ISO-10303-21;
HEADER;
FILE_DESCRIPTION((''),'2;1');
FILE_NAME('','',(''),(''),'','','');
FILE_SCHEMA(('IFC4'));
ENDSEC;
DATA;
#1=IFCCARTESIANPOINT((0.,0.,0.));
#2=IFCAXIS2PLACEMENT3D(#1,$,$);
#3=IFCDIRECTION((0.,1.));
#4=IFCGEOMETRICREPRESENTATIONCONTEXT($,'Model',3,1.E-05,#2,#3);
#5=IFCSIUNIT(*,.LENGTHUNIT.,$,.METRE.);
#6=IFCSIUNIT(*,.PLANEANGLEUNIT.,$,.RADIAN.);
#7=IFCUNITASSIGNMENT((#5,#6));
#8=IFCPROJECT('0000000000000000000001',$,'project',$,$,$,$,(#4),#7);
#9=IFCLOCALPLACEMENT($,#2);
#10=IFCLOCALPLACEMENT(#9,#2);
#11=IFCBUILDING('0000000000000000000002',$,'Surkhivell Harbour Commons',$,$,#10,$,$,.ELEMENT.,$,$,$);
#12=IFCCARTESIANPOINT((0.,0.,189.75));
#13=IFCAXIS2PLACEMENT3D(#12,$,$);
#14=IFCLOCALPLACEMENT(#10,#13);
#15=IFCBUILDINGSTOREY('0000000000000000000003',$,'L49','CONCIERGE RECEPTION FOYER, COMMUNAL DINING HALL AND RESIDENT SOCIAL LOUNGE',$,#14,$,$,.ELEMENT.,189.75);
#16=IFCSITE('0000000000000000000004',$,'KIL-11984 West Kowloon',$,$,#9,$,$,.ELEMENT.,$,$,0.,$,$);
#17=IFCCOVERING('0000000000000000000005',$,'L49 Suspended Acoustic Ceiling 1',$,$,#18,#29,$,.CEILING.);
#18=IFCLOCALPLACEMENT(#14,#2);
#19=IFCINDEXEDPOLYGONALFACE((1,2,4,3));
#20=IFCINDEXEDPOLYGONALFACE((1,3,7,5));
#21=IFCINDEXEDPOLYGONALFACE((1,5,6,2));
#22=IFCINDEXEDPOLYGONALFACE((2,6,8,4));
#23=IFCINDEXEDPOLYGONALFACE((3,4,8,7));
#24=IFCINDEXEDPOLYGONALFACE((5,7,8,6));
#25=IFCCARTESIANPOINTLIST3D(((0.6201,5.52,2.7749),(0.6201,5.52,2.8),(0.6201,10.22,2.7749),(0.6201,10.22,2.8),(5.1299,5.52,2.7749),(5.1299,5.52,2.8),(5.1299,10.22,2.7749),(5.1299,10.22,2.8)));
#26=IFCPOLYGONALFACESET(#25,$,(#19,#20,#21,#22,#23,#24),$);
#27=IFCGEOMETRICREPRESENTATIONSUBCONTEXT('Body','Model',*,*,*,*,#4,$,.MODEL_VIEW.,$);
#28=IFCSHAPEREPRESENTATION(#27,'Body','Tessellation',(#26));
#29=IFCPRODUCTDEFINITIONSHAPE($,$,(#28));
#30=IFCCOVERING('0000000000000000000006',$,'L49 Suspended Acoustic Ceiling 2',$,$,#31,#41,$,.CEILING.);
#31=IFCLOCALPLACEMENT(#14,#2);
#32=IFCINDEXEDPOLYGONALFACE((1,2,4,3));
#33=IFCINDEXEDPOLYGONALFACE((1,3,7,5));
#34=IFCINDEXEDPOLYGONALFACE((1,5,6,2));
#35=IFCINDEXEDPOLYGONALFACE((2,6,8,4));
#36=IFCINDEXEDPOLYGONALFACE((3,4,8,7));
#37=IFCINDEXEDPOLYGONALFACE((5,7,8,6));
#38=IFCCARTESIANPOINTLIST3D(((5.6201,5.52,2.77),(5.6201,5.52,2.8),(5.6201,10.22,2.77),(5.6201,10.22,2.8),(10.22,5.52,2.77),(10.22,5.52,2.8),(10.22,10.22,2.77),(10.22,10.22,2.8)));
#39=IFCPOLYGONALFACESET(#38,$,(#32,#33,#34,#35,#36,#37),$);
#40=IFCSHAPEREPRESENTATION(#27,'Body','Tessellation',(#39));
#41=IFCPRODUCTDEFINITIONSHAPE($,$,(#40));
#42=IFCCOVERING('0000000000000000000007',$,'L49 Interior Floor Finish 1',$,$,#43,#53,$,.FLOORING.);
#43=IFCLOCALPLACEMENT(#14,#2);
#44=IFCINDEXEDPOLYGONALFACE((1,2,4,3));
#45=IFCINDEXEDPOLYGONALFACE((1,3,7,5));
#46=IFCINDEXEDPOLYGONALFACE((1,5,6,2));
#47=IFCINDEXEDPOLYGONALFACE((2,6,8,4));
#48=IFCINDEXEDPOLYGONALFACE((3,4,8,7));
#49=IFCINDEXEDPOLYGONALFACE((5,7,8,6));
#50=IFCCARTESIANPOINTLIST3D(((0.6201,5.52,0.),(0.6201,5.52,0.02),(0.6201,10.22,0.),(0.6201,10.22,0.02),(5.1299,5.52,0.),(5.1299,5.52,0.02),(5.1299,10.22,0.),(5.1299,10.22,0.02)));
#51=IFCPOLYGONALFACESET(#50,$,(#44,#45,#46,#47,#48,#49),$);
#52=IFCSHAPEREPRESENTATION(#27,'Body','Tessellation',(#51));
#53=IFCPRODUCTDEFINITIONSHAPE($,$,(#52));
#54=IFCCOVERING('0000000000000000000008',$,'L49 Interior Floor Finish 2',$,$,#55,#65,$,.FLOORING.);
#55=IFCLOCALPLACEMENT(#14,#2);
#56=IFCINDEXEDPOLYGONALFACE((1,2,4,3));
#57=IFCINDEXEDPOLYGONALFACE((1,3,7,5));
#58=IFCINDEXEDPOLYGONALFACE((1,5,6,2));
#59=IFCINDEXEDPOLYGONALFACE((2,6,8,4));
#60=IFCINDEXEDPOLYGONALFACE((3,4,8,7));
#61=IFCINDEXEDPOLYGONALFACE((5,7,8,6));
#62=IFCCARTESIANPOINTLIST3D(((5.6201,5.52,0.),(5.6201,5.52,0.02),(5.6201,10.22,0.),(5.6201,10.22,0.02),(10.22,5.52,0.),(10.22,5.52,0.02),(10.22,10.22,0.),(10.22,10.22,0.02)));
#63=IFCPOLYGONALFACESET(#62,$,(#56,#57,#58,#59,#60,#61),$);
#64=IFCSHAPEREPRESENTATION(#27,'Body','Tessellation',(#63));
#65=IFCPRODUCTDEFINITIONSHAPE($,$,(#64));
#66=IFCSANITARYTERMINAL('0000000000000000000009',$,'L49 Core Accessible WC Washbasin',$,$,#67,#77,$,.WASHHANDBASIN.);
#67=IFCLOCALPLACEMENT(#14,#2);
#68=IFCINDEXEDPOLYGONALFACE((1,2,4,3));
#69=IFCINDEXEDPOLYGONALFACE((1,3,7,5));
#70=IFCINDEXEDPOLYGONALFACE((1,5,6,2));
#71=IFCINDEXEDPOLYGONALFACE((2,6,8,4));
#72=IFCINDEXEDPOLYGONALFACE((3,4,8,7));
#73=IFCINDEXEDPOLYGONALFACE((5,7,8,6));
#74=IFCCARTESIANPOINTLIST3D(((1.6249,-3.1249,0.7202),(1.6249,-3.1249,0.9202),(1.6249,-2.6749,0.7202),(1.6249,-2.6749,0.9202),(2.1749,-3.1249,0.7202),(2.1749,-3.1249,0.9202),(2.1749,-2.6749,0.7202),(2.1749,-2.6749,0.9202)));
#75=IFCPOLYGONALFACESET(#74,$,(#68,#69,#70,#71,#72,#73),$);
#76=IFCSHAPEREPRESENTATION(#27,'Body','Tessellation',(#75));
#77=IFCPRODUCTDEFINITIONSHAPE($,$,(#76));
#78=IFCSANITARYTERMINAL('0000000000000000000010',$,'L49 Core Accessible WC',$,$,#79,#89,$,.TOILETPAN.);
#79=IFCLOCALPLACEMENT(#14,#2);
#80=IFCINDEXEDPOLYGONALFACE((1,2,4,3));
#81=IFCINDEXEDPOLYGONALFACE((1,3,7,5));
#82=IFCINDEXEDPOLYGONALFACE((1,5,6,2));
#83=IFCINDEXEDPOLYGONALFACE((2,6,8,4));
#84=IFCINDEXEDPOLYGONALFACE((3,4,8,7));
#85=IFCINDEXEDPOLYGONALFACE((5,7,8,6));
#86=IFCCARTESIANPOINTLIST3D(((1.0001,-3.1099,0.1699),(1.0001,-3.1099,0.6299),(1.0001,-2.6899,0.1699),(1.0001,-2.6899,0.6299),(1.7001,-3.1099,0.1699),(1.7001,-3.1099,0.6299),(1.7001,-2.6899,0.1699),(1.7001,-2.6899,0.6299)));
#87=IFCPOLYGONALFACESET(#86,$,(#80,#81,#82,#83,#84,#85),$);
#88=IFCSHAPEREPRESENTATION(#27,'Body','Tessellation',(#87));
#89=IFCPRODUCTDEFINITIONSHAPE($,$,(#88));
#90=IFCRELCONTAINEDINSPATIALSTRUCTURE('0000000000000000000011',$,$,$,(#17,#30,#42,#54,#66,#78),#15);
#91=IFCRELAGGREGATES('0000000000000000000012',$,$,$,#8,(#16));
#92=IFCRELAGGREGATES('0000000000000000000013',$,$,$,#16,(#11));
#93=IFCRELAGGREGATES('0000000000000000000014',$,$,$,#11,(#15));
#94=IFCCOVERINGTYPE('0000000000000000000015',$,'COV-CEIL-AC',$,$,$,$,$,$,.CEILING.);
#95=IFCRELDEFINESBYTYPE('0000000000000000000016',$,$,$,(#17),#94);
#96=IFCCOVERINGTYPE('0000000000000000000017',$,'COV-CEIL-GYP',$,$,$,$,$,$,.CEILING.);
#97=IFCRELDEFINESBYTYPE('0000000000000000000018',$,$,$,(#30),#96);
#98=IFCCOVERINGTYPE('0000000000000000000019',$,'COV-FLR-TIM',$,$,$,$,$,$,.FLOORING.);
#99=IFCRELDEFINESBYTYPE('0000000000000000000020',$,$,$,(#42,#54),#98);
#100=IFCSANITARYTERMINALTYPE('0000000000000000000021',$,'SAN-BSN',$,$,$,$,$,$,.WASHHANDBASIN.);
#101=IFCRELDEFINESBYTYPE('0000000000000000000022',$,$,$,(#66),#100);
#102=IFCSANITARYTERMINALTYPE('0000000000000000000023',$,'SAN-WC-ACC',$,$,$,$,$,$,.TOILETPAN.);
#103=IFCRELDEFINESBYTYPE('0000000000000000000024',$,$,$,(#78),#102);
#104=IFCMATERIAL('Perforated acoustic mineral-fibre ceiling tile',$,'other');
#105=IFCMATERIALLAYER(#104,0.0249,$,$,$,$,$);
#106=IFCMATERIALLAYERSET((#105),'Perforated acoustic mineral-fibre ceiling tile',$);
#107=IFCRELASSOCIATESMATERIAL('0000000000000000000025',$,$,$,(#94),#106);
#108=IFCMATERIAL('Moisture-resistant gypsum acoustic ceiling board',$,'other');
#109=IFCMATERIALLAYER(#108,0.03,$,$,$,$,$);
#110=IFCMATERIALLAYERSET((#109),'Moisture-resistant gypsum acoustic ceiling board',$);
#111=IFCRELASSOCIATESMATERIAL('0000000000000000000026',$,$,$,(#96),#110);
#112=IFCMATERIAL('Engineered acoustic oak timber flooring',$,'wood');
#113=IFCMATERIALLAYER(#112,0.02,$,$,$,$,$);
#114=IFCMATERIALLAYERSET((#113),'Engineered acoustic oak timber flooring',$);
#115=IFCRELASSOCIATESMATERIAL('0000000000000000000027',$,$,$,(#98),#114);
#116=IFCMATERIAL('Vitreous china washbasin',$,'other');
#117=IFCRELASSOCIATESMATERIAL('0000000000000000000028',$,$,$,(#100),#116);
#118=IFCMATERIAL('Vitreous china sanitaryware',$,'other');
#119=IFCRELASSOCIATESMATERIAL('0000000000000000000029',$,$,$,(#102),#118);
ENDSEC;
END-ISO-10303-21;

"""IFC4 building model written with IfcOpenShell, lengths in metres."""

from ifc_helpers import new_model, si_unit, direction, frame, origin, origin_2d, place, context, subcontext, project, spatial, polyline, rectangle, outline, extrude, material, layer, layer_set, type_object, element, save


model = new_model("IFC4")

# Units and contexts
model_context = context("Model", 3, precision=1e-05, world=origin(), true_north=direction((0.0, 1.0)))
body_context = subcontext(model_context, "Body", "Model", "MODEL_VIEW")
ifc_project = project(units=[si_unit("LENGTHUNIT", "METRE"), si_unit("PLANEANGLEUNIT", "RADIAN")], contexts=[model_context])

# Site, building, storey
site_placement = place(None, origin())
site = spatial("IfcSite", under=ifc_project, at=site_placement, Name="KIL-11984 West Kowloon", CompositionType="ELEMENT", RefElevation=0.0)
building_placement = place(site_placement, origin())
building = spatial("IfcBuilding", under=site, at=building_placement, Name="Surkhivell Harbour Commons", CompositionType="ELEMENT")
storey_placement = place(building_placement, frame((0.0, 0.0, 189.75)))
storey = spatial("IfcBuildingStorey", under=building, at=storey_placement, Name="L49", Description="CONCIERGE RECEPTION FOYER, COMMUNAL DINING HALL AND RESIDENT SOCIAL LOUNGE", CompositionType="ELEMENT", Elevation=189.75)

# Coverings
ifc_material_1 = material(Name="Perforated acoustic mineral-fibre ceiling tile", Category="other")
ifc_layer_1 = layer(ifc_material_1, 0.0249)
ifc_layer_set_1 = layer_set([ifc_layer_1], Name="Perforated acoustic mineral-fibre ceiling tile")
covering_type_1 = type_object("IfcCoveringType", Name="COV-CEIL-AC", PredefinedType="CEILING", material=ifc_layer_set_1)
covering_1_placement = place(storey_placement, frame((0.0, 0.0, 2.7749)))
element("IfcCovering", 1, at=covering_1_placement, inside=storey, type_object=covering_type_1, Name="L49 Suspended Acoustic Ceiling 1", PredefinedType="CEILING", context=body_context, shape_type="SweptSolid", body=[
    extrude(outline(polyline([(0.6201, 5.52), (5.1299, 5.52), (5.1299, 10.22), (0.6201, 10.22), (0.6201, 5.52)])), origin(), (0.0, 0.0, 1.0), 0.0251),
])
ifc_material_2 = material(Name="Moisture-resistant gypsum acoustic ceiling board", Category="other")
ifc_layer_2 = layer(ifc_material_2, 0.03)
ifc_layer_set_2 = layer_set([ifc_layer_2], Name="Moisture-resistant gypsum acoustic ceiling board")
covering_type_2 = type_object("IfcCoveringType", Name="COV-CEIL-GYP", PredefinedType="CEILING", material=ifc_layer_set_2)
covering_2_placement = place(storey_placement, frame((0.0, 0.0, 2.77)))
element("IfcCovering", 2, at=covering_2_placement, inside=storey, type_object=covering_type_2, Name="L49 Suspended Acoustic Ceiling 2", PredefinedType="CEILING", context=body_context, shape_type="SweptSolid", body=[
    extrude(outline(polyline([(5.6201, 5.52), (10.22, 5.52), (10.22, 10.22), (5.6201, 10.22), (5.6201, 5.52)])), origin(), (0.0, 0.0, 1.0), 0.03),
])
ifc_material_3 = material(Name="Engineered acoustic oak timber flooring", Category="wood")
ifc_layer_3 = layer(ifc_material_3, 0.02)
ifc_layer_set_3 = layer_set([ifc_layer_3], Name="Engineered acoustic oak timber flooring")
covering_type_3 = type_object("IfcCoveringType", Name="COV-FLR-TIM", PredefinedType="FLOORING", material=ifc_layer_set_3)
covering_3_placement = place(storey_placement, origin())
element("IfcCovering", 3, at=covering_3_placement, inside=storey, type_object=covering_type_3, Name="L49 Interior Floor Finish 1", PredefinedType="FLOORING", context=body_context, shape_type="SweptSolid", body=[
    extrude(outline(polyline([(0.6201, 5.52), (5.1299, 5.52), (5.1299, 10.22), (0.6201, 10.22), (0.6201, 5.52)])), origin(), (0.0, 0.0, 1.0), 0.02),
])
covering_4_placement = place(storey_placement, origin())
element("IfcCovering", 4, at=covering_4_placement, inside=storey, type_object=covering_type_3, Name="L49 Interior Floor Finish 2", PredefinedType="FLOORING", context=body_context, shape_type="SweptSolid", body=[
    extrude(outline(polyline([(5.6201, 5.52), (10.22, 5.52), (10.22, 10.22), (5.6201, 10.22), (5.6201, 5.52)])), origin(), (0.0, 0.0, 1.0), 0.02),
])

# Sanitary terminals
ifc_material_4 = material(Name="Vitreous china washbasin", Category="other")
sanitary_terminal_type_1 = type_object("IfcSanitaryTerminalType", Name="SAN-BSN", PredefinedType="WASHHANDBASIN", material=ifc_material_4)
sanitary_terminal_1_placement = place(storey_placement, frame((1.8999, -2.8999, 0.7202), z_axis=(0.0, 0.0, 1.0), x_axis=(1.0, 0.0, 0.0)))
element("IfcSanitaryTerminal", 5, at=sanitary_terminal_1_placement, inside=storey, type_object=sanitary_terminal_type_1, Name="L49 Core Accessible WC Washbasin", PredefinedType="WASHHANDBASIN", context=body_context, shape_type="SweptSolid", body=[
    extrude(rectangle(XDim=0.55, YDim=0.45, at=origin_2d()), origin(), (0.0, 0.0, 1.0), 0.2),
])
ifc_material_5 = material(Name="Vitreous china sanitaryware", Category="other")
sanitary_terminal_type_2 = type_object("IfcSanitaryTerminalType", Name="SAN-WC-ACC", PredefinedType="TOILETPAN", material=ifc_material_5)
sanitary_terminal_2_placement = place(storey_placement, frame((1.3501, -2.8999, 0.1699), z_axis=(0.0, 0.0, 1.0), x_axis=(1.0, 0.0, 0.0)))
element("IfcSanitaryTerminal", 6, at=sanitary_terminal_2_placement, inside=storey, type_object=sanitary_terminal_type_2, Name="L49 Core Accessible WC", PredefinedType="TOILETPAN", context=body_context, shape_type="SweptSolid", body=[
    extrude(rectangle(XDim=0.7, YDim=0.4199, at=origin_2d()), origin(), (0.0, 0.0, 1.0), 0.46),
])

save(model, "model.ifc")
